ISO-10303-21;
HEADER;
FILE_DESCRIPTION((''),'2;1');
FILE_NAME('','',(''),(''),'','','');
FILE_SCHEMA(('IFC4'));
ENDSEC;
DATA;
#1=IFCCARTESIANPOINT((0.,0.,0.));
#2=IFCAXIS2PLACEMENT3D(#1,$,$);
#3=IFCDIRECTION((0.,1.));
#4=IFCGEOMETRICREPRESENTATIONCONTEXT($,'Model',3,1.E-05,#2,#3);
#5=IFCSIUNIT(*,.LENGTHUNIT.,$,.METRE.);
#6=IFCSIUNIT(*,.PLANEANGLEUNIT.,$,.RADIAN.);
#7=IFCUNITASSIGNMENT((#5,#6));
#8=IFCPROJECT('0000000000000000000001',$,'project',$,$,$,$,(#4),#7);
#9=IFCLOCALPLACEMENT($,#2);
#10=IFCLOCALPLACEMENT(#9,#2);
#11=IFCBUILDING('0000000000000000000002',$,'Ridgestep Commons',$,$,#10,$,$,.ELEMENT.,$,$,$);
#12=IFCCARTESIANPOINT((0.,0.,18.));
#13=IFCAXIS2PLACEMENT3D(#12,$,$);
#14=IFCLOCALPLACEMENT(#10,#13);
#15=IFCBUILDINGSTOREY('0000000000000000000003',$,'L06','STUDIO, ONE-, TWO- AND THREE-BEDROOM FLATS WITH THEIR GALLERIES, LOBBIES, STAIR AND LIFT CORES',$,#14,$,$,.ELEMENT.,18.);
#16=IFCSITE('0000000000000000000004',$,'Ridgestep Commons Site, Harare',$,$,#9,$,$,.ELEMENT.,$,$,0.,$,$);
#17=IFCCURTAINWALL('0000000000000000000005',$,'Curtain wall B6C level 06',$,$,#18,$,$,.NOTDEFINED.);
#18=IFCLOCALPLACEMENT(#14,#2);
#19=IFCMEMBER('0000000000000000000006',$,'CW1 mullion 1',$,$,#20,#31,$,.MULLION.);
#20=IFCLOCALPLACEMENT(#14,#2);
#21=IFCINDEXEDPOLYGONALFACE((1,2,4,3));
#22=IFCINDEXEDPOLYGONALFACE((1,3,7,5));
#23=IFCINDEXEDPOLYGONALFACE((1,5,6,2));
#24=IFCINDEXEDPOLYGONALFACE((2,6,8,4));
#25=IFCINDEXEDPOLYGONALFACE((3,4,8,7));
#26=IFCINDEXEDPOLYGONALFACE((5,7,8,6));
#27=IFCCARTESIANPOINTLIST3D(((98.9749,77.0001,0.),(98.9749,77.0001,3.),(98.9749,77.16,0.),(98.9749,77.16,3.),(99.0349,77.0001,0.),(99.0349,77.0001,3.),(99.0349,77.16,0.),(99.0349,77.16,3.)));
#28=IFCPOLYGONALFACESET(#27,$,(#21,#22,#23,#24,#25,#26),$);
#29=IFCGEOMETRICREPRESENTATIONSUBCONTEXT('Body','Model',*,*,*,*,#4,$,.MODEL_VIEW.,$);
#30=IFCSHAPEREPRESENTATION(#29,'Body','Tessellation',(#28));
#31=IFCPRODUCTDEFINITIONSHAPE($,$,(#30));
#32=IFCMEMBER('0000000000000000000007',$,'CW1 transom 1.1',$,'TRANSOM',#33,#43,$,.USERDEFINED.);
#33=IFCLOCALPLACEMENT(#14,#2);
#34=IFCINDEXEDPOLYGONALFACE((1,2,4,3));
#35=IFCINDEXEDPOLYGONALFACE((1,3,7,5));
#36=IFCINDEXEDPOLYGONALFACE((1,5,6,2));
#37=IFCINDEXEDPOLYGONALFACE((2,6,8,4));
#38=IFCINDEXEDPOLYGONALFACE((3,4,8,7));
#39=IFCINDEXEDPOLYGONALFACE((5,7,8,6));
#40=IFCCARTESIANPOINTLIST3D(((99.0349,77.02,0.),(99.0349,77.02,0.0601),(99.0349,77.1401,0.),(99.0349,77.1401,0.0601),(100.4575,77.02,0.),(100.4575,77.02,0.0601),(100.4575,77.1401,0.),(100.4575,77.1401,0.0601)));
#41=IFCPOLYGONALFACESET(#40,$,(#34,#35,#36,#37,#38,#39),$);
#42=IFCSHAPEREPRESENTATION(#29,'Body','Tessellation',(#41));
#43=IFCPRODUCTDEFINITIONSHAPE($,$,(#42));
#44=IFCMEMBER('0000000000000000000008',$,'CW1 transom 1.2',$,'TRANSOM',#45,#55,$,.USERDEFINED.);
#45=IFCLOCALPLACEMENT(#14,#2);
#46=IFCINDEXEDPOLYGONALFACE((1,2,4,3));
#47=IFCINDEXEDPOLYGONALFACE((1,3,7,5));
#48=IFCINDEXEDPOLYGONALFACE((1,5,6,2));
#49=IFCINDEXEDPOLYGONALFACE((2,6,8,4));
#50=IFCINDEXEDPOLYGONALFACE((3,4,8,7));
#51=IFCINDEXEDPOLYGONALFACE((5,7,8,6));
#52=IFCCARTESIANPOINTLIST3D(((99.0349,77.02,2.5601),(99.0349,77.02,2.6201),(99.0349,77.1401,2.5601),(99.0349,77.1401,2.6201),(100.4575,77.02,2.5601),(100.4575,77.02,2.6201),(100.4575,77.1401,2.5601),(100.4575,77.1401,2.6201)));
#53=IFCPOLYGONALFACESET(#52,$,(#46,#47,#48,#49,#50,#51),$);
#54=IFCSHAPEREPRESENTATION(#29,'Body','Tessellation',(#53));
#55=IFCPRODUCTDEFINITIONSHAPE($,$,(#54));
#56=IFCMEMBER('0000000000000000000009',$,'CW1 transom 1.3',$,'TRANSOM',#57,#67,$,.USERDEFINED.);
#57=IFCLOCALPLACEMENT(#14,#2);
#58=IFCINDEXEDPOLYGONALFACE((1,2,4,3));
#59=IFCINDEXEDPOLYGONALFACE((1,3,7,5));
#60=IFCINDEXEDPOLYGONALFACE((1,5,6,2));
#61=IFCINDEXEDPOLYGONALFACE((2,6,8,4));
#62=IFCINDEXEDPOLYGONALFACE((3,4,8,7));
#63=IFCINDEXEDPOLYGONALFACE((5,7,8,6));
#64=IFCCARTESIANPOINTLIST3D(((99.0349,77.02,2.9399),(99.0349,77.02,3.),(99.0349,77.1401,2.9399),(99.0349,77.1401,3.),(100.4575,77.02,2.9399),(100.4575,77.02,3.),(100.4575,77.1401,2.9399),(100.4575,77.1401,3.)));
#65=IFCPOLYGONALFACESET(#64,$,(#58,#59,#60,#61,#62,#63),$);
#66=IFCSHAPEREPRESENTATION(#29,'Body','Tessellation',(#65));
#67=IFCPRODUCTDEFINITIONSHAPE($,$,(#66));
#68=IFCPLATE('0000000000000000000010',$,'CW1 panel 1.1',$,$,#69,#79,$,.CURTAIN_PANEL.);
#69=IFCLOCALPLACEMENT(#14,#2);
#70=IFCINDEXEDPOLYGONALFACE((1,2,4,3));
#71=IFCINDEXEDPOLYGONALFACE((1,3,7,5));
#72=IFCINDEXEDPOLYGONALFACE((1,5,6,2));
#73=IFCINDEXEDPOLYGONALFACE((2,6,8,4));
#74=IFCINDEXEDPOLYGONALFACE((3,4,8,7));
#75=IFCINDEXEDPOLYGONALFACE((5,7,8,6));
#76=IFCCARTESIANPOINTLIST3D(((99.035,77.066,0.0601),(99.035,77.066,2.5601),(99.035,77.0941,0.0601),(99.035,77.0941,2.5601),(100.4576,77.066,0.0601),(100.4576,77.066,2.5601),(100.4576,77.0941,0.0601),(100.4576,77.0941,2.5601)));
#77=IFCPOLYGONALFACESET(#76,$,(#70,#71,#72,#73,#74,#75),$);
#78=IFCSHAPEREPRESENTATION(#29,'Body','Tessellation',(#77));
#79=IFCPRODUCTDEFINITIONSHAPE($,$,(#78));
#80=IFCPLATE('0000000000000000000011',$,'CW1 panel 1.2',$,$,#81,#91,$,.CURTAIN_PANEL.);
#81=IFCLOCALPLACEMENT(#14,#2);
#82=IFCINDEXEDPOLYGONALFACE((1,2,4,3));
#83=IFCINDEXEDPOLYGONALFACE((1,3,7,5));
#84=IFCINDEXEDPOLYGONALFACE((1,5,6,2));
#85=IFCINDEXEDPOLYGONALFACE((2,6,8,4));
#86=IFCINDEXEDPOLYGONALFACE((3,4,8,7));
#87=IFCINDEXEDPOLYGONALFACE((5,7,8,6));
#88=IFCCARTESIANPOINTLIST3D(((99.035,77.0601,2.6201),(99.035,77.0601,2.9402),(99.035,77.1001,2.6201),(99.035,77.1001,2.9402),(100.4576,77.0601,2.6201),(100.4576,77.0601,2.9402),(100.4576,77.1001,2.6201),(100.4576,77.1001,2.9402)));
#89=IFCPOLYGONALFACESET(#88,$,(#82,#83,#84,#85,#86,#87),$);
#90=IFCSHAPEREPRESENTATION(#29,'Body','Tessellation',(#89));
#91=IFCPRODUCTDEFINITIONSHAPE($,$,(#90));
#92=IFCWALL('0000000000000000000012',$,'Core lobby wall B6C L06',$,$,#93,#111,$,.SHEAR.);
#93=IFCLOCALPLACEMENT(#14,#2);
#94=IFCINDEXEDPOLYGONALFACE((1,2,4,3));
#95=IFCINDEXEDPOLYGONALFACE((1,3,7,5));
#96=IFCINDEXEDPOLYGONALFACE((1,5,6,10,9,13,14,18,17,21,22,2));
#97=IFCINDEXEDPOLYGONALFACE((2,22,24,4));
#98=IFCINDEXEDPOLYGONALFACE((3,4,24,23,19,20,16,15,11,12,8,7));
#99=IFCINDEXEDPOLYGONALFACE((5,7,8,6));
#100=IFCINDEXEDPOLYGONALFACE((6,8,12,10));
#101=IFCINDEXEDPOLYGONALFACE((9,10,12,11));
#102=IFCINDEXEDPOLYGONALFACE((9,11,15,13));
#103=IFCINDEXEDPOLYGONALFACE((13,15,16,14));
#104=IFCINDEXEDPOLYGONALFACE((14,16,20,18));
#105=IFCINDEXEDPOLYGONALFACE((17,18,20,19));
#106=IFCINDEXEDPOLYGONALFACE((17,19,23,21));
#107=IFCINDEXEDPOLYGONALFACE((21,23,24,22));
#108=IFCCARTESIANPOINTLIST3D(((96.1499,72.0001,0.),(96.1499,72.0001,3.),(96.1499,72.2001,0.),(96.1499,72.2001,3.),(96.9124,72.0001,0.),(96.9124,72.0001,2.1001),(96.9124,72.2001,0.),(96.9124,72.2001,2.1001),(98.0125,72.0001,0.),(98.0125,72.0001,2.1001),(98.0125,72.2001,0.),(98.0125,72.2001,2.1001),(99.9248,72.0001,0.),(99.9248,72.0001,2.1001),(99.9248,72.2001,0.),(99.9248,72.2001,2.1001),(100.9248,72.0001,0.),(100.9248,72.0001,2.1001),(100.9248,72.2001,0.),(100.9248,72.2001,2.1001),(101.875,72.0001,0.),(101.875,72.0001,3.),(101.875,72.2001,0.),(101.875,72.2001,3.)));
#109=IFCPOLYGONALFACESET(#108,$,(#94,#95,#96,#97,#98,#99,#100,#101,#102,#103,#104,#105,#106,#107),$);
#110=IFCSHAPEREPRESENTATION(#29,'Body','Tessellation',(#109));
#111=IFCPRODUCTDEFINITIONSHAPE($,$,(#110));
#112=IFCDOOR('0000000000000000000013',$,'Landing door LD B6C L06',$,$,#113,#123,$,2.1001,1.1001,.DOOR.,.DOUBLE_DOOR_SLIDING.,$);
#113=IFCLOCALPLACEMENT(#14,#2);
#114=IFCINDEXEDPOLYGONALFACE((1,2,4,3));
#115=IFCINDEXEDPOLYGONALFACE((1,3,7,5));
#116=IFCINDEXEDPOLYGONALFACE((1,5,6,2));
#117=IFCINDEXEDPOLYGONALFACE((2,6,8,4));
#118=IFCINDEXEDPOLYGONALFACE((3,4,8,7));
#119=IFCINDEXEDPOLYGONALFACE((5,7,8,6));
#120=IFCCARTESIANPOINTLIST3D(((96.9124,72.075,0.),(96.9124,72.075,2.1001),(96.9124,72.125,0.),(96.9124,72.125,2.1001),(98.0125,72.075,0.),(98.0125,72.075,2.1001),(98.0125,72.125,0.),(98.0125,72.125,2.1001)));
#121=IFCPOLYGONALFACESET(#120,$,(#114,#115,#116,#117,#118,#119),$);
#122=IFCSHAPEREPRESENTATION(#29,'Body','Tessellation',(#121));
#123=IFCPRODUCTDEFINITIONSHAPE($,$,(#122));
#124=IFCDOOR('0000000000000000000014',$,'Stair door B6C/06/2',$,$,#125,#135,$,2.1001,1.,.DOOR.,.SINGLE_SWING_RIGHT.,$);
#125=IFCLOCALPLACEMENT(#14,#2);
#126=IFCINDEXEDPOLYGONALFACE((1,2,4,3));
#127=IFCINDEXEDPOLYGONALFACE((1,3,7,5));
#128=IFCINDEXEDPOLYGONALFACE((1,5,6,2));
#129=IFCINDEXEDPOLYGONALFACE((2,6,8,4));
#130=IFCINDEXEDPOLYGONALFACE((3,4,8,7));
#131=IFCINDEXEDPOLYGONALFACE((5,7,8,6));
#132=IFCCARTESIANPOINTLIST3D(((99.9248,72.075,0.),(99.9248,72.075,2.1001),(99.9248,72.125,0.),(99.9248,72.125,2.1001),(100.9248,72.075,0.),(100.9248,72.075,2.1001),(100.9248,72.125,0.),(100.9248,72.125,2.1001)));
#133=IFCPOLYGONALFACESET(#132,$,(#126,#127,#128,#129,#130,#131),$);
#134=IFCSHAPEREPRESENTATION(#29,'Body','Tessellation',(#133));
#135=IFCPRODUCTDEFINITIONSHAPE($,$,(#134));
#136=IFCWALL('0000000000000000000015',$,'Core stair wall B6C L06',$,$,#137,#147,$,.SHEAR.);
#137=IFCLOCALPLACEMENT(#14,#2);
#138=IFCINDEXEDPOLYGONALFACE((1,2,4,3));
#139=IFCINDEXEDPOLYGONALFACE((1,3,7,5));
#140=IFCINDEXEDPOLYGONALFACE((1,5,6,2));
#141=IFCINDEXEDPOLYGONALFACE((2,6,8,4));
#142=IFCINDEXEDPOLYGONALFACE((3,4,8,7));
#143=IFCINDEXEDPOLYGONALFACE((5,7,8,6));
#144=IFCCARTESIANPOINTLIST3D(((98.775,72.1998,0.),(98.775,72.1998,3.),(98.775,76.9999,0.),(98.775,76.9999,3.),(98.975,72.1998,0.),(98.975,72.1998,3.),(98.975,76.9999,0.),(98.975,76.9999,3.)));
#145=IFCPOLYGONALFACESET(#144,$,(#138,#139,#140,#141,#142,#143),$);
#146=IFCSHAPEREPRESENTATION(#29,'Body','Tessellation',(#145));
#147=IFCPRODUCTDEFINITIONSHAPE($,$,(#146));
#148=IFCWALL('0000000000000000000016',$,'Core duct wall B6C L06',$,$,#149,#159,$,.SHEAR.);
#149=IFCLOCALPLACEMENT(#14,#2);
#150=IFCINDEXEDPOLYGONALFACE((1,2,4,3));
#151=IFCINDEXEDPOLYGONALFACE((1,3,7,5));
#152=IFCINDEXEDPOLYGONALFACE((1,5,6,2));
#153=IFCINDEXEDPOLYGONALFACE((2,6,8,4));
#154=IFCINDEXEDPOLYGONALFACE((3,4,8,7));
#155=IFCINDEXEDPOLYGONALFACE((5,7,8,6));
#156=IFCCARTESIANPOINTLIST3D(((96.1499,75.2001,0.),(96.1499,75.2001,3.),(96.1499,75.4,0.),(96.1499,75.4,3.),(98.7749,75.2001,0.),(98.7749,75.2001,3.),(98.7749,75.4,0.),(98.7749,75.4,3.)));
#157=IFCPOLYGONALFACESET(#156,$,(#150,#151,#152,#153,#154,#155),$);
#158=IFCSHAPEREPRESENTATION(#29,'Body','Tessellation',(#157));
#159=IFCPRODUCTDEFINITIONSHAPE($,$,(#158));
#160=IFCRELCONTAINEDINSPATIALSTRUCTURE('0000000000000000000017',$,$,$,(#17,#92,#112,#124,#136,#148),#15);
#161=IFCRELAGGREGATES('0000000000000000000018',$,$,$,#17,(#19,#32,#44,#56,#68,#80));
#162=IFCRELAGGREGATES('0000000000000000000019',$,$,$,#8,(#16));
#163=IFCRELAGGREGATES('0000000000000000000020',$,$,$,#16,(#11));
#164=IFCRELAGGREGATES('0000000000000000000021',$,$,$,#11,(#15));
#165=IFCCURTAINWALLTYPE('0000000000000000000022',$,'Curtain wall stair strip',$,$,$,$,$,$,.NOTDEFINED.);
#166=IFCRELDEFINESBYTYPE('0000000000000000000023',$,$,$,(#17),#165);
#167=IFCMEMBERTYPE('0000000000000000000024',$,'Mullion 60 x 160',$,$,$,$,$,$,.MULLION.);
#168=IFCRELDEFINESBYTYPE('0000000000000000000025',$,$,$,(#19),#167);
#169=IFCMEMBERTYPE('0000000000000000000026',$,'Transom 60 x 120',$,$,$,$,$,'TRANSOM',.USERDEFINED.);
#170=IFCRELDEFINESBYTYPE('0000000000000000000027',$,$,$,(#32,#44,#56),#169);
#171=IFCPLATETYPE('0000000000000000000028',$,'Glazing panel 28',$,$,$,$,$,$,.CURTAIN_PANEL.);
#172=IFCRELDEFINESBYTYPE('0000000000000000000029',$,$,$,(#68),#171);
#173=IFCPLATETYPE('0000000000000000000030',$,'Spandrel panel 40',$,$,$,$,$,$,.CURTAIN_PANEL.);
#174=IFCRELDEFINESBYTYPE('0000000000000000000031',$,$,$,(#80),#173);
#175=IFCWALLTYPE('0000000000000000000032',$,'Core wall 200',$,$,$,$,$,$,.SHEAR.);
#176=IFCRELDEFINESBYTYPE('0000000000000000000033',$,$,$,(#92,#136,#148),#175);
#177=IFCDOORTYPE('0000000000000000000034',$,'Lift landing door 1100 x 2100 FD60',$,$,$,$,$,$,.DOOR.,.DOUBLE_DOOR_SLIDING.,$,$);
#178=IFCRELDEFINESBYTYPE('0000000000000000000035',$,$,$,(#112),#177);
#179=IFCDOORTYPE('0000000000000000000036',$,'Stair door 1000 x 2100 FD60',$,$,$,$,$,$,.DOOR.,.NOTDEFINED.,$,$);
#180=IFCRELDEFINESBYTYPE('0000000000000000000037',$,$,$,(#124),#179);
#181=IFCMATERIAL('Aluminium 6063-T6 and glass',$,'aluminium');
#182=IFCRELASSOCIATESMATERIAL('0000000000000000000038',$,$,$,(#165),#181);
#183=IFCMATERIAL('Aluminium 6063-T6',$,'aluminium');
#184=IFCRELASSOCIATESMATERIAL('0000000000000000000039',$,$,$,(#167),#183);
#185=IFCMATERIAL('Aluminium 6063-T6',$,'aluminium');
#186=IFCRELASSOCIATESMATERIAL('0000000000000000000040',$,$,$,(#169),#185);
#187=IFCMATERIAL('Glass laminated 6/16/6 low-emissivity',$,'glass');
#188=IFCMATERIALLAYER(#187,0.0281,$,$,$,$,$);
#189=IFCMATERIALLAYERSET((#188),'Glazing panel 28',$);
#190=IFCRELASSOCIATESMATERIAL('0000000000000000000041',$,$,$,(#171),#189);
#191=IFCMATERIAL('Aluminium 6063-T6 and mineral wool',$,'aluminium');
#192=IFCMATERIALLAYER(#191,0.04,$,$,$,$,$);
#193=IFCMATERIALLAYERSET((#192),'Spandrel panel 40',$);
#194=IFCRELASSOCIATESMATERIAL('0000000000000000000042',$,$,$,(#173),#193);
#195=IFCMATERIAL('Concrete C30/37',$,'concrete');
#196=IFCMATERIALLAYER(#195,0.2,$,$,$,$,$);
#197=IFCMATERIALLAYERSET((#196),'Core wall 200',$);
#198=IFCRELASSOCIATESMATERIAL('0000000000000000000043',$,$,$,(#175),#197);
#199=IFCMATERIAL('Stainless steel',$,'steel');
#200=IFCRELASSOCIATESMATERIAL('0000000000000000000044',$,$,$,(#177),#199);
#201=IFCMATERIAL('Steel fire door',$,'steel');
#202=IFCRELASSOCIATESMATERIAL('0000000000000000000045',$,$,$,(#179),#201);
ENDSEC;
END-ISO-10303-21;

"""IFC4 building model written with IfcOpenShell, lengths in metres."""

from ifc_helpers import new_model, si_unit, direction, frame, frame_2d, origin, origin_2d, place, context, subcontext, project, spatial, rectangle, extrude, material, layer, layer_set, material_profile, profile_set, type_object, element, fill, aggregate, save


model = new_model("IFC4")

# Units and contexts
model_context = context("Model", 3, precision=1e-05, world=origin(), true_north=direction((0.0, 1.0)))
body_context = subcontext(model_context, "Body", "Model", "MODEL_VIEW")
ifc_project = project(units=[si_unit("LENGTHUNIT", "METRE"), si_unit("PLANEANGLEUNIT", "RADIAN")], contexts=[model_context])

# Site, building, storey
site_placement = place(None, origin())
site = spatial("IfcSite", under=ifc_project, at=site_placement, Name="Ridgestep Commons Site, Harare", CompositionType="ELEMENT", RefElevation=0.0)
building_placement = place(site_placement, origin())
building = spatial("IfcBuilding", under=site, at=building_placement, Name="Ridgestep Commons", CompositionType="ELEMENT")
storey_placement = place(building_placement, frame((0.0, 0.0, 18.0)))
storey = spatial("IfcBuildingStorey", under=building, at=storey_placement, Name="L06", Description="STUDIO, ONE-, TWO- AND THREE-BEDROOM FLATS WITH THEIR GALLERIES, LOBBIES, STAIR AND LIFT CORES", CompositionType="ELEMENT", Elevation=18.0)

# Curtain wall, members, plates
ifc_material_1 = material(Name="Aluminium 6063-T6 and glass", Category="aluminium")
curtain_wall_type = type_object("IfcCurtainWallType", Name="Curtain wall stair strip", PredefinedType="NOTDEFINED", material=ifc_material_1)
curtain_wall_placement = place(storey_placement, origin())
curtain_wall = element("IfcCurtainWall", 1, at=curtain_wall_placement, inside=storey, type_object=curtain_wall_type, Name="Curtain wall B6C level 06", PredefinedType="NOTDEFINED")
ifc_material_2 = material(Name="Aluminium 6063-T6", Category="aluminium")
ifc_material_profile_1 = material_profile(ifc_material_2, rectangle(XDim=0.1599, YDim=0.0601, at=origin_2d()), Name="Mullion 60 x 160")
ifc_profile_set_1 = profile_set([ifc_material_profile_1], Name="Aluminium 6063-T6")
member_type_1 = type_object("IfcMemberType", Name="Mullion 60 x 160", PredefinedType="MULLION", material=ifc_profile_set_1)
member_1_placement = place(storey_placement, frame((99.0049, 77.0801, 0.0), z_axis=(0.0, 0.0, 1.0), x_axis=(0.0, 1.0, 0.0)))
member_1 = element("IfcMember", 2, at=member_1_placement, type_object=member_type_1, Name="CW1 mullion 1", PredefinedType="MULLION", context=body_context, shape_type="SweptSolid", body=[
    extrude(rectangle(XDim=0.1599, YDim=0.0601, at=origin_2d()), origin(), (0.0, 0.0, 1.0), 3.0),
])
ifc_material_3 = material(Name="Aluminium 6063-T6", Category="aluminium")
ifc_material_profile_2 = material_profile(ifc_material_3, rectangle(XDim=0.1201, YDim=0.0601, at=origin_2d()), Name="Transom 60 x 120")
ifc_profile_set_2 = profile_set([ifc_material_profile_2], Name="Aluminium 6063-T6")
member_type_2 = type_object("IfcMemberType", Name="Transom 60 x 120", ElementType="TRANSOM", PredefinedType="USERDEFINED", material=ifc_profile_set_2)
member_2_placement = place(storey_placement, frame((99.0349, 77.0801, 0.03), z_axis=(1.0, 0.0, 0.0), x_axis=(0.0, 1.0, 0.0)))
member_2 = element("IfcMember", 3, at=member_2_placement, type_object=member_type_2, Name="CW1 transom 1.1", ObjectType="TRANSOM", PredefinedType="USERDEFINED", context=body_context, shape_type="SweptSolid", body=[
    extrude(rectangle(XDim=0.1201, YDim=0.0601, at=origin_2d()), origin(), (0.0, 0.0, 1.0), 1.4226),
])
member_3_placement = place(storey_placement, frame((99.0349, 77.0801, 2.5901), z_axis=(1.0, 0.0, 0.0), x_axis=(0.0, 1.0, 0.0)))
member_3 = element("IfcMember", 4, at=member_3_placement, type_object=member_type_2, Name="CW1 transom 1.2", ObjectType="TRANSOM", PredefinedType="USERDEFINED", context=body_context, shape_type="SweptSolid", body=[
    extrude(rectangle(XDim=0.1201, YDim=0.0601, at=origin_2d()), origin(), (0.0, 0.0, 1.0), 1.4226),
])
member_4_placement = place(storey_placement, frame((99.0349, 77.0801, 2.97), z_axis=(1.0, 0.0, 0.0), x_axis=(0.0, 1.0, 0.0)))
member_4 = element("IfcMember", 5, at=member_4_placement, type_object=member_type_2, Name="CW1 transom 1.3", ObjectType="TRANSOM", PredefinedType="USERDEFINED", context=body_context, shape_type="SweptSolid", body=[
    extrude(rectangle(XDim=0.1201, YDim=0.0601, at=origin_2d()), origin(), (0.0, 0.0, 1.0), 1.4226),
])
ifc_material_4 = material(Name="Glass laminated 6/16/6 low-emissivity", Category="glass")
ifc_layer_1 = layer(ifc_material_4, 0.0281)
ifc_layer_set_1 = layer_set([ifc_layer_1], Name="Glazing panel 28")
plate_type_1 = type_object("IfcPlateType", Name="Glazing panel 28", PredefinedType="CURTAIN_PANEL", material=ifc_layer_set_1)
plate_1_placement = place(storey_placement, frame((99.7463, 77.0801, 0.0601), z_axis=(0.0, 0.0, 1.0), x_axis=(1.0, 0.0, 0.0)))
plate_1 = element("IfcPlate", 6, at=plate_1_placement, type_object=plate_type_1, Name="CW1 panel 1.1", PredefinedType="CURTAIN_PANEL", context=body_context, shape_type="SweptSolid", body=[
    extrude(rectangle(XDim=1.4226, YDim=0.0281, at=origin_2d()), origin(), (0.0, 0.0, 1.0), 2.5),
])
ifc_material_5 = material(Name="Aluminium 6063-T6 and mineral wool", Category="aluminium")
ifc_layer_2 = layer(ifc_material_5, 0.04)
ifc_layer_set_2 = layer_set([ifc_layer_2], Name="Spandrel panel 40")
plate_type_2 = type_object("IfcPlateType", Name="Spandrel panel 40", PredefinedType="CURTAIN_PANEL", material=ifc_layer_set_2)
plate_2_placement = place(storey_placement, frame((99.7463, 77.0801, 2.6201), z_axis=(0.0, 0.0, 1.0), x_axis=(1.0, 0.0, 0.0)))
plate_2 = element("IfcPlate", 7, at=plate_2_placement, type_object=plate_type_2, Name="CW1 panel 1.2", PredefinedType="CURTAIN_PANEL", context=body_context, shape_type="SweptSolid", body=[
    extrude(rectangle(XDim=1.4226, YDim=0.04, at=origin_2d()), origin(), (0.0, 0.0, 1.0), 0.3201),
])
aggregate(curtain_wall, [member_1, member_2, member_3, member_4, plate_1, plate_2])

# Wall, openings, doors
ifc_material_6 = material(Name="Concrete C30/37", Category="concrete")
ifc_layer_3 = layer(ifc_material_6, 0.2)
ifc_layer_set_3 = layer_set([ifc_layer_3], Name="Core wall 200")
wall_type_1 = type_object("IfcWallType", Name="Core wall 200", PredefinedType="SHEAR", material=ifc_layer_set_3)
wall_1_placement = place(storey_placement, frame((96.1499, 72.1001, 0.0), z_axis=(0.0, 0.0, 1.0), x_axis=(1.0, 0.0, 0.0)))
wall_1 = element("IfcWall", 8, at=wall_1_placement, inside=storey, type_object=wall_type_1, Name="Core lobby wall B6C L06", PredefinedType="SHEAR", context=body_context, shape_type="SweptSolid", body=[
    extrude(rectangle(XDim=5.7251, YDim=0.2, at=frame_2d((2.8625, 0.0))), origin(), (0.0, 0.0, 1.0), 3.0),
])
opening_1_placement = place(wall_1_placement, frame((3.7749, 0.0, 0.0)))
opening_1 = element("IfcOpeningElement", 9, at=opening_1_placement, cuts=wall_1, PredefinedType="OPENING", context=body_context, shape_type="SweptSolid", body=[
    extrude(rectangle(XDim=1.0, YDim=2.1001, at=frame_2d((0.5, 1.05))), frame((0.0, 0.1099, 0.0), z_axis=(0.0, -1.0, 0.0), x_axis=(1.0, 0.0, 0.0)), (0.0, 0.0, 1.0), 0.22),
])
opening_2_placement = place(wall_1_placement, frame((0.7625, 0.0, 0.0)))
opening_2 = element("IfcOpeningElement", 10, at=opening_2_placement, cuts=wall_1, PredefinedType="OPENING", context=body_context, shape_type="SweptSolid", body=[
    extrude(rectangle(XDim=1.1001, YDim=2.1001, at=frame_2d((0.55, 1.05))), frame((0.0, 0.1099, 0.0), z_axis=(0.0, -1.0, 0.0), x_axis=(1.0, 0.0, 0.0)), (0.0, 0.0, 1.0), 0.22),
])
ifc_material_7 = material(Name="Stainless steel", Category="steel")
door_type_1 = type_object("IfcDoorType", Name="Lift landing door 1100 x 2100 FD60", OperationType="DOUBLE_DOOR_SLIDING", PredefinedType="DOOR", material=ifc_material_7)
door_1_placement = place(opening_2_placement, origin())
door_1 = element("IfcDoor", 11, at=door_1_placement, inside=storey, type_object=door_type_1, Name="Landing door LD B6C L06", OperationType="DOUBLE_DOOR_SLIDING", OverallHeight=2.1001, OverallWidth=1.1001, PredefinedType="DOOR", context=body_context, shape_type="SweptSolid", body=[
    extrude(rectangle(XDim=1.1001, YDim=2.1001, at=frame_2d((0.55, 1.05))), frame((0.0, 0.0249, 0.0), z_axis=(0.0, -1.0, 0.0), x_axis=(1.0, 0.0, 0.0)), (0.0, 0.0, 1.0), 0.05),
])
fill(opening_2, door_1)
ifc_material_8 = material(Name="Steel fire door", Category="steel")
door_type_2 = type_object("IfcDoorType", Name="Stair door 1000 x 2100 FD60", OperationType="NOTDEFINED", PredefinedType="DOOR", material=ifc_material_8)
door_2_placement = place(opening_1_placement, origin())
door_2 = element("IfcDoor", 12, at=door_2_placement, inside=storey, type_object=door_type_2, Name="Stair door B6C/06/2", OperationType="SINGLE_SWING_RIGHT", OverallHeight=2.1001, OverallWidth=1.0, PredefinedType="DOOR", context=body_context, shape_type="SweptSolid", body=[
    extrude(rectangle(XDim=1.0, YDim=2.1001, at=frame_2d((0.5, 1.05))), frame((0.0, 0.0249, 0.0), z_axis=(0.0, -1.0, 0.0), x_axis=(1.0, 0.0, 0.0)), (0.0, 0.0, 1.0), 0.05),
])
fill(opening_1, door_2)

# Walls
wall_2_placement = place(storey_placement, frame((98.875, 72.2, 0.0), z_axis=(0.0, 0.0, 1.0), x_axis=(0.0, 1.0, 0.0)))
element("IfcWall", 13, at=wall_2_placement, inside=storey, type_object=wall_type_1, Name="Core stair wall B6C L06", PredefinedType="SHEAR", context=body_context, shape_type="SweptSolid", body=[
    extrude(rectangle(XDim=4.8, YDim=0.2, at=frame_2d((2.3999, 0.0))), origin(), (0.0, 0.0, 1.0), 3.0),
])
wall_3_placement = place(storey_placement, frame((96.1499, 75.3, 0.0), z_axis=(0.0, 0.0, 1.0), x_axis=(1.0, 0.0, 0.0)))
element("IfcWall", 14, at=wall_3_placement, inside=storey, type_object=wall_type_1, Name="Core duct wall B6C L06", PredefinedType="SHEAR", context=body_context, shape_type="SweptSolid", body=[
    extrude(rectangle(XDim=2.625, YDim=0.2, at=frame_2d((1.3125, 0.0))), origin(), (0.0, 0.0, 1.0), 3.0),
])

save(model, "model.ifc")
